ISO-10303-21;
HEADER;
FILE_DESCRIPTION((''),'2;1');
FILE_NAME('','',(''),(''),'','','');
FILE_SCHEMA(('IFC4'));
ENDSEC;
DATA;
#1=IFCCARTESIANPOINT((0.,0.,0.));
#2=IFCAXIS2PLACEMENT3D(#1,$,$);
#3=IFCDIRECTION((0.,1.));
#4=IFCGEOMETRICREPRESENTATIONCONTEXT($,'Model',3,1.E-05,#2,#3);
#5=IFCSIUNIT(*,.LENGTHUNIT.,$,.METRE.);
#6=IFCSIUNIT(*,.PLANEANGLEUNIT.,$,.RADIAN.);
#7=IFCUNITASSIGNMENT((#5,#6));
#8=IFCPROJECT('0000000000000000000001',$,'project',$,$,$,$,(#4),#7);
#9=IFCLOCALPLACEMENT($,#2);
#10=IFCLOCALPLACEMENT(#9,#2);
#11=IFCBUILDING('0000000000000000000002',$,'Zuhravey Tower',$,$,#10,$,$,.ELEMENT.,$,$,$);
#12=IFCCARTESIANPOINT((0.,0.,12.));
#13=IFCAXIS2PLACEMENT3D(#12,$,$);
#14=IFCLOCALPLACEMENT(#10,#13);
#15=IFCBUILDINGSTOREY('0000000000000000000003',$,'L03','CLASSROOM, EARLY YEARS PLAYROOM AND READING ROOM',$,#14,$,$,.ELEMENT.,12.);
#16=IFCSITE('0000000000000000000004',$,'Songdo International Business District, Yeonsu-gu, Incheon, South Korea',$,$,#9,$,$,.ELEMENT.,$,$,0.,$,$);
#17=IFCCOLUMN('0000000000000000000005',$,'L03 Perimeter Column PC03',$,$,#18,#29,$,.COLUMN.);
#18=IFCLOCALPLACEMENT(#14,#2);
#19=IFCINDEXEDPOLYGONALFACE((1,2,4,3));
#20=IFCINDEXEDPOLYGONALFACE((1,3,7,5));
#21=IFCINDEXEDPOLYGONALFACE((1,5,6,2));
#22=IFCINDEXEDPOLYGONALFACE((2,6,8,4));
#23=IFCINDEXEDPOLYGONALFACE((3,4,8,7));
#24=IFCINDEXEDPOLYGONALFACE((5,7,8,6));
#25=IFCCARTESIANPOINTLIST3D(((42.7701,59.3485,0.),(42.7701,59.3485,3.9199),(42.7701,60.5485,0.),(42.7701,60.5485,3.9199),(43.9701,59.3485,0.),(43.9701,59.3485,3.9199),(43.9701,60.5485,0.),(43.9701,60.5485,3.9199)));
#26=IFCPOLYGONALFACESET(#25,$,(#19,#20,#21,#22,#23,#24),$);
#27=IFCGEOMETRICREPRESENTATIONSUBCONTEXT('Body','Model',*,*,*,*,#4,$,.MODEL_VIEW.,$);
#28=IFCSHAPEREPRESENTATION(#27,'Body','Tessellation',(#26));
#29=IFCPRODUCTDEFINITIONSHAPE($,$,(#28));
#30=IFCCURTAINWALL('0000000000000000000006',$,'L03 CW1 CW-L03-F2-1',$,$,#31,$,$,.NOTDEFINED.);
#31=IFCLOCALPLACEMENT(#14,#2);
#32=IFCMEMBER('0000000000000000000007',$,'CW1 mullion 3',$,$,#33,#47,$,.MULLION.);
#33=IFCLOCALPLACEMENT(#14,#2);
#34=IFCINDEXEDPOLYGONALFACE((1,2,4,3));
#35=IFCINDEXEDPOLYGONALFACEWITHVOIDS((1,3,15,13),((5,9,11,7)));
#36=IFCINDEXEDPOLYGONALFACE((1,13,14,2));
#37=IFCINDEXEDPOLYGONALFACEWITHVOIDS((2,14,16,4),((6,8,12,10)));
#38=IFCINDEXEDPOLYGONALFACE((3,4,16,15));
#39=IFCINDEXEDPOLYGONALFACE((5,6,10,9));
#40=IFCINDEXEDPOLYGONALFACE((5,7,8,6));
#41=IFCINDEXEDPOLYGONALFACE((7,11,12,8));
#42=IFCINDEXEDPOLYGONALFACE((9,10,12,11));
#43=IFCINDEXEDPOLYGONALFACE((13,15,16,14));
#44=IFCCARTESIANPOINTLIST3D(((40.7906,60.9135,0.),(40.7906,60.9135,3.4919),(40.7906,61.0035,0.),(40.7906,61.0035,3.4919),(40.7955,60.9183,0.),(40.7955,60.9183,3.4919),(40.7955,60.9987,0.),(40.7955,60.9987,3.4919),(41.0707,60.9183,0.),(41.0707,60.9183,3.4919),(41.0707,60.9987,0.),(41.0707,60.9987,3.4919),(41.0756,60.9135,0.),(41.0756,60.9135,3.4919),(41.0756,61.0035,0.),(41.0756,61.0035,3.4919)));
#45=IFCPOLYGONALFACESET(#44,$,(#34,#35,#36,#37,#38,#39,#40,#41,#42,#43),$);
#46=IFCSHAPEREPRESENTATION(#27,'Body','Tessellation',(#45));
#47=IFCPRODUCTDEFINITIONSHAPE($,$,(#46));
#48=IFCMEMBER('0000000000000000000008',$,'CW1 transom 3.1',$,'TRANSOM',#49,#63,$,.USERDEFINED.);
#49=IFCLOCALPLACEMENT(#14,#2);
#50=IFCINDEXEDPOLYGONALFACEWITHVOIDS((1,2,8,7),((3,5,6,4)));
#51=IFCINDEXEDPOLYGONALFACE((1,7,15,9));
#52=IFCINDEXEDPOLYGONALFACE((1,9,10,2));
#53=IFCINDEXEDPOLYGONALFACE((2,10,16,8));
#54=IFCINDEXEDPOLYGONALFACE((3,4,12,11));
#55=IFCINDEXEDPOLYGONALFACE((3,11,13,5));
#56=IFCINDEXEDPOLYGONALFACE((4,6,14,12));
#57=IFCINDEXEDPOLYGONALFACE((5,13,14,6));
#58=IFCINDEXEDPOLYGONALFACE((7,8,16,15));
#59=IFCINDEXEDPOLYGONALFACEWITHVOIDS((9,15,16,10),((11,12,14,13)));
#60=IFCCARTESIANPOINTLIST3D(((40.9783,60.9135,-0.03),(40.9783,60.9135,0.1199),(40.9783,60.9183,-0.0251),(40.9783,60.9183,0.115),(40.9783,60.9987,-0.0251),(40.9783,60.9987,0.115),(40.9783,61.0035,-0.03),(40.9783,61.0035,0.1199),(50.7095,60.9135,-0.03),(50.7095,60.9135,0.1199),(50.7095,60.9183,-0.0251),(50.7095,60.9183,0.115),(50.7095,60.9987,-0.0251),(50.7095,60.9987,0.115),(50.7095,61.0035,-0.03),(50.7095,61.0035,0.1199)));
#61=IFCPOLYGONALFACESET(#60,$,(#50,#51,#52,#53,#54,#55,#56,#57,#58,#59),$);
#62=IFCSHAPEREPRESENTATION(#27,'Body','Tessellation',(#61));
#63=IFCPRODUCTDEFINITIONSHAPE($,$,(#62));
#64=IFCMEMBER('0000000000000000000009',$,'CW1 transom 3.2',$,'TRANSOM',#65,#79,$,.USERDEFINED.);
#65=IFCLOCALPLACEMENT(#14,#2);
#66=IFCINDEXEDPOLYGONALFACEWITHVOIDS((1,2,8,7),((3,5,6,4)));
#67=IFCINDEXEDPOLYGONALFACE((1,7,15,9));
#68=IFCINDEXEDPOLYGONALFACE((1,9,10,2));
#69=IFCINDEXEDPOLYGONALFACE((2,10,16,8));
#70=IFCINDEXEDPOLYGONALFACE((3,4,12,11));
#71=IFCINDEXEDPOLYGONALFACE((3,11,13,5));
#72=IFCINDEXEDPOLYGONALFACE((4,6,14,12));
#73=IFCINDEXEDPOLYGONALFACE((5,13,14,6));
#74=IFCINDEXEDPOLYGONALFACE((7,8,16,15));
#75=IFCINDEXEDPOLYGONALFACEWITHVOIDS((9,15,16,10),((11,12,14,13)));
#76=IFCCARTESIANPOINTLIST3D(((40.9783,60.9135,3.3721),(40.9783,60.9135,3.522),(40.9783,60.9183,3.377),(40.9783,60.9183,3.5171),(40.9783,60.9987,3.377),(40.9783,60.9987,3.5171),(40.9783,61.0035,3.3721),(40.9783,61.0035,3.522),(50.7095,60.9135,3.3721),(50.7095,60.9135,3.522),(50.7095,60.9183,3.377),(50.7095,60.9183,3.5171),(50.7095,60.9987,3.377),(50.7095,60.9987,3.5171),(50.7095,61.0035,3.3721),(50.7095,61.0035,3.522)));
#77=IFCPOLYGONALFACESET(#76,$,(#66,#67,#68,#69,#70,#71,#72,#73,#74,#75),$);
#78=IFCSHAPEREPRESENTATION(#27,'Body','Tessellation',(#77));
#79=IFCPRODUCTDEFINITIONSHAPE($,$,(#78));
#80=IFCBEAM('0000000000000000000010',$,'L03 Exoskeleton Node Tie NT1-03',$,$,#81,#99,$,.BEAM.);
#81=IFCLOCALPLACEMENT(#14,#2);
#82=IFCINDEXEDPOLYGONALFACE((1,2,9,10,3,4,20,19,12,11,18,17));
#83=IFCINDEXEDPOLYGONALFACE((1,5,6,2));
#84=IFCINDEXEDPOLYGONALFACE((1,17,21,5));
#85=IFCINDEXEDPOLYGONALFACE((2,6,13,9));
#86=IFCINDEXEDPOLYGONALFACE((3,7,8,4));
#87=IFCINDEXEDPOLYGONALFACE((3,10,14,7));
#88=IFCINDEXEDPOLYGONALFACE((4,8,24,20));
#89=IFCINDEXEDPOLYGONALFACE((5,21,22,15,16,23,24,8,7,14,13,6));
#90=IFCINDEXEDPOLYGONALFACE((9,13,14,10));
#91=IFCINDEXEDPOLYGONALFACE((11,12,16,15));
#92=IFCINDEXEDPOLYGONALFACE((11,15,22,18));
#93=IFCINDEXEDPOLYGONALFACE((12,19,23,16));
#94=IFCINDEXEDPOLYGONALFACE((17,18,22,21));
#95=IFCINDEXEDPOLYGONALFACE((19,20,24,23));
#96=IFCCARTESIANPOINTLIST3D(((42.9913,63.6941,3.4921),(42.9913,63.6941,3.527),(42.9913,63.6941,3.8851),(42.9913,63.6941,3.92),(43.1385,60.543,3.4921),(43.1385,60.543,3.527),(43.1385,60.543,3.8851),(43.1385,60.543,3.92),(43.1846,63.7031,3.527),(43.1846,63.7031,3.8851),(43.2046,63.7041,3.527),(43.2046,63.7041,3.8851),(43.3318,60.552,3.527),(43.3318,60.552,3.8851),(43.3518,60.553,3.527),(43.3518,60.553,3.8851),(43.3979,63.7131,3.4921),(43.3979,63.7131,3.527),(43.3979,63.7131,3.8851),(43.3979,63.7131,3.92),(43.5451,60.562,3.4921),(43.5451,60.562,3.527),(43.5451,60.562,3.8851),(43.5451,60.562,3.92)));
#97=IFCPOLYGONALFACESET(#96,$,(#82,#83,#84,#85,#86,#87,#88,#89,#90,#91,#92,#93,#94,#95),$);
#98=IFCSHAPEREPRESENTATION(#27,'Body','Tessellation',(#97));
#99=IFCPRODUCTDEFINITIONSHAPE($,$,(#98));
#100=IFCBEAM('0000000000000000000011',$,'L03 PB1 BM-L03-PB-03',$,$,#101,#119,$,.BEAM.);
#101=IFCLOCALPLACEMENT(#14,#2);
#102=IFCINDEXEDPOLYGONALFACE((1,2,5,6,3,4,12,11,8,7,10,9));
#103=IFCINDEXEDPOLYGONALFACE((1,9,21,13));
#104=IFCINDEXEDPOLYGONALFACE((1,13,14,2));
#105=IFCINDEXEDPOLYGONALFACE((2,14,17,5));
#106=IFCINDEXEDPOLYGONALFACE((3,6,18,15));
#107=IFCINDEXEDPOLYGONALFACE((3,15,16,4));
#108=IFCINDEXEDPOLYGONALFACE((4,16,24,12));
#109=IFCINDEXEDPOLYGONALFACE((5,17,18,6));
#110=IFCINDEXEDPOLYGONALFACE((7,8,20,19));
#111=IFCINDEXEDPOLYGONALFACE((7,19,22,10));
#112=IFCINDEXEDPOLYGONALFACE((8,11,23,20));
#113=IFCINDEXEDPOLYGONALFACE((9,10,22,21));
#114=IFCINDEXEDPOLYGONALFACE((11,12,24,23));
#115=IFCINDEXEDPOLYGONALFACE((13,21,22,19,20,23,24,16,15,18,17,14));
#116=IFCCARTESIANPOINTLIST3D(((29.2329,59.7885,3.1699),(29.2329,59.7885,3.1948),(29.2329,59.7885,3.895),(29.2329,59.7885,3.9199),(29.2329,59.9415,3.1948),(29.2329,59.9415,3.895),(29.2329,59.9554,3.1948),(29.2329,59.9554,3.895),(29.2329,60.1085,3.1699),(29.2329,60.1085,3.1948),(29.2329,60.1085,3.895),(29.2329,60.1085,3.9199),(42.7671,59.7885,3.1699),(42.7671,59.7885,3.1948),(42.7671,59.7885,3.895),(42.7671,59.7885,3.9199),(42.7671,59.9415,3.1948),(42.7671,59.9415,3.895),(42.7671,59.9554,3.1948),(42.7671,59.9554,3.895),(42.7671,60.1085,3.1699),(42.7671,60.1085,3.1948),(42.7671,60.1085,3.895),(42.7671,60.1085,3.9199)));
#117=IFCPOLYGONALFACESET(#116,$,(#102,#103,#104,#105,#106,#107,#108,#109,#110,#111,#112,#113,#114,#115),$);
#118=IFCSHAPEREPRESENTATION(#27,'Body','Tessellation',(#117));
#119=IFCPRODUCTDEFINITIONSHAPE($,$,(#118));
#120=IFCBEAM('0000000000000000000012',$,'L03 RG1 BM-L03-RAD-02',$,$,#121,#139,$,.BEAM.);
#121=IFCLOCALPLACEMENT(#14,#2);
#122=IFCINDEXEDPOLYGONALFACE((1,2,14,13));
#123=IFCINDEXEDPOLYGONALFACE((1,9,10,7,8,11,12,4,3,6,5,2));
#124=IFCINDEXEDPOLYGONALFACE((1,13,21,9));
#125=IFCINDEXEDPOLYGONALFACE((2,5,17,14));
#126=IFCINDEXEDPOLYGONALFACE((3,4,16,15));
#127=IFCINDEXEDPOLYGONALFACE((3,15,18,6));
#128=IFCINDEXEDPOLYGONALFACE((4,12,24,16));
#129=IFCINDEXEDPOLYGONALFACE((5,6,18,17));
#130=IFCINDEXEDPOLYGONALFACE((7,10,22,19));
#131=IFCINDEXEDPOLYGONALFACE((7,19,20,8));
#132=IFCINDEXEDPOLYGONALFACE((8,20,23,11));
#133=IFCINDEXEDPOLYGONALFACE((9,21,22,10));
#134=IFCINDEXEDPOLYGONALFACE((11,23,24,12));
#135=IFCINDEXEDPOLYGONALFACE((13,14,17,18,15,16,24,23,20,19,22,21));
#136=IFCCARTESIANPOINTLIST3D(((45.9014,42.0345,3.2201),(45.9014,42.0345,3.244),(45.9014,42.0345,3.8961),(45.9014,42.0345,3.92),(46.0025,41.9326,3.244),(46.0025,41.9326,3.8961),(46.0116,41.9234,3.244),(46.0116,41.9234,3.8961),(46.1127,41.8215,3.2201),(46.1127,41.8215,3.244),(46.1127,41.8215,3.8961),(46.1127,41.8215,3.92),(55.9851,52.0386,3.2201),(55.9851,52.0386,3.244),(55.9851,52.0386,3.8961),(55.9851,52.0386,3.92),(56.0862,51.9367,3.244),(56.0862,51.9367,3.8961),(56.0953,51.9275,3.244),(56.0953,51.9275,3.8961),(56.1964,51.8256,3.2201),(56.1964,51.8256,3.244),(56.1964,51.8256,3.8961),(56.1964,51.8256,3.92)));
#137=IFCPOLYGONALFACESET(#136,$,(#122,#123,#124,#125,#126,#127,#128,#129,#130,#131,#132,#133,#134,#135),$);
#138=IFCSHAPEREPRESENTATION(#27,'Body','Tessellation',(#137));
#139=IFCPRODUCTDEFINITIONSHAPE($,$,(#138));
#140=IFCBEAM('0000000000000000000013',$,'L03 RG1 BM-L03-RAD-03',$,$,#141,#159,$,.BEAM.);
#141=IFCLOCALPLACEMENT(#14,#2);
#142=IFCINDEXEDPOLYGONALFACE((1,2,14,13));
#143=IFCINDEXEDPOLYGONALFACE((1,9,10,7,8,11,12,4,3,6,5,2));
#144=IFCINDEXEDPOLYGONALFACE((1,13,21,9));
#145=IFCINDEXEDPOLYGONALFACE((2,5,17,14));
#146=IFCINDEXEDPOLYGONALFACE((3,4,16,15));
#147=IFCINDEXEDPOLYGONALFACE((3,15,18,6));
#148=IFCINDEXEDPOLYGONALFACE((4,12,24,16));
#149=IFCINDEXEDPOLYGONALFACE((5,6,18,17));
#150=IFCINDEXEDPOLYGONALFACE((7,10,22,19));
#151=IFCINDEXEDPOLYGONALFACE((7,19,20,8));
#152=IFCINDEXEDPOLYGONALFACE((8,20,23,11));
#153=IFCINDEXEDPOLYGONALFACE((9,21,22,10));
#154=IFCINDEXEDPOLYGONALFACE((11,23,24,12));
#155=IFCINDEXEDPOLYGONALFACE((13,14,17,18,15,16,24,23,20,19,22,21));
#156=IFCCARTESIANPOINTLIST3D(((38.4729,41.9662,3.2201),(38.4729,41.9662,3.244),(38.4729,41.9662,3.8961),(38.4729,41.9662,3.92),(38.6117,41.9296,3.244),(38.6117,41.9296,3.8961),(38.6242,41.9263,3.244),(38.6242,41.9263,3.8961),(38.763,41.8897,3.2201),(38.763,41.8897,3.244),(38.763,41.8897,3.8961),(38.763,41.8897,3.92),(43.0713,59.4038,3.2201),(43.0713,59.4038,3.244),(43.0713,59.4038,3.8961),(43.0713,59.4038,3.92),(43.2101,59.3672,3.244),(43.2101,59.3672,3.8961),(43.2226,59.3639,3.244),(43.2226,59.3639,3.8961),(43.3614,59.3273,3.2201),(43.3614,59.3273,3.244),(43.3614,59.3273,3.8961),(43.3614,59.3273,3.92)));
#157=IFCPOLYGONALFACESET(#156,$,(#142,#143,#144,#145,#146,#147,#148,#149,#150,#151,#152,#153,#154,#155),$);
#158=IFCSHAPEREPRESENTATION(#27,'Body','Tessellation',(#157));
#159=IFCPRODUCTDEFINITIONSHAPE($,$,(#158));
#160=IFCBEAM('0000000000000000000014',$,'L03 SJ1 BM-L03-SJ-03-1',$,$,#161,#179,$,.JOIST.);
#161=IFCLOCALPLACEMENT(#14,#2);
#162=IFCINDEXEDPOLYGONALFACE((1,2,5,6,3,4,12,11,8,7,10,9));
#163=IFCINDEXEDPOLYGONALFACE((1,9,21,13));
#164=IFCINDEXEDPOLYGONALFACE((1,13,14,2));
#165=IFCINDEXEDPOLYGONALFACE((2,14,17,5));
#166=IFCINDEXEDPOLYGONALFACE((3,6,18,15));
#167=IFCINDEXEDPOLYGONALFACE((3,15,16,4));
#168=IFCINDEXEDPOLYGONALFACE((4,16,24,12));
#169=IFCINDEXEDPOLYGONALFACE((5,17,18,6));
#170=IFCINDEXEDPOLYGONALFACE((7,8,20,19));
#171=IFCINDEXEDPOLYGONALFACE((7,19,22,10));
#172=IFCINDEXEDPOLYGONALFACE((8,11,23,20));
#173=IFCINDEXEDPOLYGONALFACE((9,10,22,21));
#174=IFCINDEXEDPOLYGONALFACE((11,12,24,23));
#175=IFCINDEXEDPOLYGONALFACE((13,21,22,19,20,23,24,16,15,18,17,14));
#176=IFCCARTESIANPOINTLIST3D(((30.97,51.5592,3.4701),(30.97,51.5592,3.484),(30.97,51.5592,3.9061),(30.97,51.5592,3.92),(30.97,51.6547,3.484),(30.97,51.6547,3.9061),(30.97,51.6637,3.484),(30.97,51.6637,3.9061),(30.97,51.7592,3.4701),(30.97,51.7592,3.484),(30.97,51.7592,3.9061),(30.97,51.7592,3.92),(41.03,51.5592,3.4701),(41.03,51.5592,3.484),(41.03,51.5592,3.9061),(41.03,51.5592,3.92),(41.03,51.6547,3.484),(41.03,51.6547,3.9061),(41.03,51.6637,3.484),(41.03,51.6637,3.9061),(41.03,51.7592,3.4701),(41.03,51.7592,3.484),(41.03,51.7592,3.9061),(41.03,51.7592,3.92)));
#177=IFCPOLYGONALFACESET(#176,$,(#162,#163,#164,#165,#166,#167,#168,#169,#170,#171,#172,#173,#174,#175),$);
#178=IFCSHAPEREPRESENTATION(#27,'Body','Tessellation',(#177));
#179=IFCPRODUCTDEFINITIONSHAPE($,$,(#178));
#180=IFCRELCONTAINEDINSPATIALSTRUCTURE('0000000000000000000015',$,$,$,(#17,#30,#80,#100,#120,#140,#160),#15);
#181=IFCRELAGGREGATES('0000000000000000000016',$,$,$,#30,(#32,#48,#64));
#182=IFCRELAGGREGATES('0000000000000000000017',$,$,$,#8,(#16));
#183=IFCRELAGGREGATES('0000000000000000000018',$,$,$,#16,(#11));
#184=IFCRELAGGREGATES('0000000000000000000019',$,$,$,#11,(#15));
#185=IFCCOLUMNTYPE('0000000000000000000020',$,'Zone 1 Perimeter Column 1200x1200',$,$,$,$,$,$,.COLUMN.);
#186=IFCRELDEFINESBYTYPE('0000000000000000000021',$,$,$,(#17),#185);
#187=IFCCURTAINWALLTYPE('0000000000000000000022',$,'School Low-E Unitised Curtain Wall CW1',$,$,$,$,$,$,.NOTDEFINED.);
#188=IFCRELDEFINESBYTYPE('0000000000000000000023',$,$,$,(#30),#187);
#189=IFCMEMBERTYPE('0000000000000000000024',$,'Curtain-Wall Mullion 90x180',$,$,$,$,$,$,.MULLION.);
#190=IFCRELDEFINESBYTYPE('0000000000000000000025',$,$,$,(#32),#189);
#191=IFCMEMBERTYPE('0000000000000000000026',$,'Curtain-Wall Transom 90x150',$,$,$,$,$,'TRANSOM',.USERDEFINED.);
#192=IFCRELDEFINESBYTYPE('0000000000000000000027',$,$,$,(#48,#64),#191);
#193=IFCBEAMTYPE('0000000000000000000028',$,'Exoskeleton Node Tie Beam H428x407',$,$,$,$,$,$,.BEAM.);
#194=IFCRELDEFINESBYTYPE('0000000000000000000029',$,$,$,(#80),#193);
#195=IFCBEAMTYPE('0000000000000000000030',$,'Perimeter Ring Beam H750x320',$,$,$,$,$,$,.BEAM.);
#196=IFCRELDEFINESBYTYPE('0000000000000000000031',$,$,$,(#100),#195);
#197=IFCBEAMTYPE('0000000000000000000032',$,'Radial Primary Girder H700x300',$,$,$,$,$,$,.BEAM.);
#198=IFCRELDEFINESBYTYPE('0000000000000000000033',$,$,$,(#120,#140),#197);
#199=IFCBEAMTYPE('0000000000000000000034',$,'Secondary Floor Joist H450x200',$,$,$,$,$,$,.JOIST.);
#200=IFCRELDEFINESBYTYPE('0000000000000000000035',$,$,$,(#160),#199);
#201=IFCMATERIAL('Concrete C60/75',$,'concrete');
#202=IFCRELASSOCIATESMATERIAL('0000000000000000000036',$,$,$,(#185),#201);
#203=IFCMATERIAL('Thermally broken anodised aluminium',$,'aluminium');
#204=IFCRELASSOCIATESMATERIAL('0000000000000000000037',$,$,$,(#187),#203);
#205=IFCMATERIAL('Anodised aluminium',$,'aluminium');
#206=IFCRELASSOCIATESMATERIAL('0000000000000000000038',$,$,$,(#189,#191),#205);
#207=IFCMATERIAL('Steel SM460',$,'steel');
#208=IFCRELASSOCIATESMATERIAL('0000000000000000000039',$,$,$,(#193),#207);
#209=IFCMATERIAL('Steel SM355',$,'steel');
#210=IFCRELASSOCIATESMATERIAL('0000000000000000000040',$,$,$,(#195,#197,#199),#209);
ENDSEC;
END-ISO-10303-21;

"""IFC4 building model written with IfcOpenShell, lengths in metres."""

from ifc_helpers import new_model, si_unit, direction, frame, origin, origin_2d, place, context, subcontext, project, spatial, rectangle, hollow_rectangle, i_section, extrude, material, material_profile, profile_set, type_object, element, aggregate, save


model = new_model("IFC4")

# Units and contexts
model_context = context("Model", 3, precision=1e-05, world=origin(), true_north=direction((0.0, 1.0)))
body_context = subcontext(model_context, "Body", "Model", "MODEL_VIEW")
ifc_project = project(units=[si_unit("LENGTHUNIT", "METRE"), si_unit("PLANEANGLEUNIT", "RADIAN")], contexts=[model_context])

# Site, building, storey
site_placement = place(None, origin())
site = spatial("IfcSite", under=ifc_project, at=site_placement, Name="Songdo International Business District, Yeonsu-gu, Incheon, South Korea", CompositionType="ELEMENT", RefElevation=0.0)
building_placement = place(site_placement, origin())
building = spatial("IfcBuilding", under=site, at=building_placement, Name="Zuhravey Tower", CompositionType="ELEMENT")
storey_placement = place(building_placement, frame((0.0, 0.0, 12.0)))
storey = spatial("IfcBuildingStorey", under=building, at=storey_placement, Name="L03", Description="CLASSROOM, EARLY YEARS PLAYROOM AND READING ROOM", CompositionType="ELEMENT", Elevation=12.0)

# Column
ifc_material_1 = material(Name="Concrete C60/75", Category="concrete")
ifc_material_profile_1 = material_profile(ifc_material_1, rectangle(XDim=1.2, YDim=1.2, at=origin_2d()), Name="RC-1200x1200")
ifc_profile_set_1 = profile_set([ifc_material_profile_1], Name="Concrete C60/75")
column_type = type_object("IfcColumnType", Name="Zone 1 Perimeter Column 1200x1200", PredefinedType="COLUMN", material=ifc_profile_set_1)
column_placement = place(storey_placement, frame((43.3701, 59.9485, 0.0), z_axis=(0.0, 0.0, 1.0), x_axis=(-1.0, 0.0, 0.0)))
element("IfcColumn", 1, at=column_placement, inside=storey, type_object=column_type, Name="L03 Perimeter Column PC03", PredefinedType="COLUMN", context=body_context, shape_type="SweptSolid", body=[
    extrude(rectangle(XDim=1.2, YDim=1.2, at=origin_2d()), origin(), (0.0, 0.0, 1.0), 3.9199),
])

# Curtain wall, members
ifc_material_2 = material(Name="Thermally broken anodised aluminium", Category="aluminium")
curtain_wall_type = type_object("IfcCurtainWallType", Name="School Low-E Unitised Curtain Wall CW1", PredefinedType="NOTDEFINED", material=ifc_material_2)
curtain_wall_placement = place(storey_placement, origin())
curtain_wall = element("IfcCurtainWall", 2, at=curtain_wall_placement, inside=storey, type_object=curtain_wall_type, Name="L03 CW1 CW-L03-F2-1", PredefinedType="NOTDEFINED")
ifc_material_3 = material(Name="Anodised aluminium", Category="aluminium")
ifc_material_profile_2 = material_profile(ifc_material_3, hollow_rectangle(XDim=0.0901, YDim=0.2849, WallThickness=0.0049, at=origin_2d()), Name="ALU-RHS-90x285x5")
ifc_profile_set_2 = profile_set([ifc_material_profile_2], Name="Anodised aluminium")
member_type_1 = type_object("IfcMemberType", Name="Curtain-Wall Mullion 90x180", PredefinedType="MULLION", material=ifc_profile_set_2)
member_1_placement = place(storey_placement, frame((40.9331, 60.9585, 0.0), z_axis=(0.0, 0.0, 1.0), x_axis=(0.0, 1.0, 0.0)))
member_1 = element("IfcMember", 3, at=member_1_placement, type_object=member_type_1, Name="CW1 mullion 3", PredefinedType="MULLION", context=body_context, shape_type="SweptSolid", body=[
    extrude(hollow_rectangle(XDim=0.0901, YDim=0.2849, WallThickness=0.0049, at=origin_2d()), origin(), (0.0, 0.0, 1.0), 3.4919),
])
ifc_material_profile_3 = material_profile(ifc_material_3, hollow_rectangle(XDim=0.0901, YDim=0.1499, WallThickness=0.0049, at=origin_2d()), Name="ALU-RHS-90x150x5")
ifc_profile_set_3 = profile_set([ifc_material_profile_3], Name="Anodised aluminium")
member_type_2 = type_object("IfcMemberType", Name="Curtain-Wall Transom 90x150", ElementType="TRANSOM", PredefinedType="USERDEFINED", material=ifc_profile_set_3)
member_2_placement = place(storey_placement, frame((40.9783, 60.9585, 0.0449), z_axis=(1.0, 0.0, 0.0), x_axis=(0.0, 1.0, 0.0)))
member_2 = element("IfcMember", 4, at=member_2_placement, type_object=member_type_2, Name="CW1 transom 3.1", ObjectType="TRANSOM", PredefinedType="USERDEFINED", context=body_context, shape_type="SweptSolid", body=[
    extrude(hollow_rectangle(XDim=0.0901, YDim=0.1499, WallThickness=0.0049, at=origin_2d()), origin(), (0.0, 0.0, 1.0), 9.7312),
])
member_3_placement = place(storey_placement, frame((40.9783, 60.9585, 3.447), z_axis=(1.0, 0.0, 0.0), x_axis=(0.0, 1.0, 0.0)))
member_3 = element("IfcMember", 5, at=member_3_placement, type_object=member_type_2, Name="CW1 transom 3.2", ObjectType="TRANSOM", PredefinedType="USERDEFINED", context=body_context, shape_type="SweptSolid", body=[
    extrude(hollow_rectangle(XDim=0.0901, YDim=0.1499, WallThickness=0.0049, at=origin_2d()), origin(), (0.0, 0.0, 1.0), 9.7312),
])

# Beams
ifc_material_4 = material(Name="Steel SM460", Category="steel")
ifc_material_profile_4 = material_profile(ifc_material_4, i_section(OverallWidth=0.407, OverallDepth=0.428, WebThickness=0.02, FlangeThickness=0.0349, at=origin_2d()), Name="H-428x407x20x35")
ifc_profile_set_4 = profile_set([ifc_material_profile_4], Name="Steel SM460")
beam_type_1 = type_object("IfcBeamType", Name="Exoskeleton Node Tie Beam H428x407", PredefinedType="BEAM", material=ifc_profile_set_4)
beam_1_placement = place(storey_placement, frame((43.3418, 60.5525, 3.7061), z_axis=(-0.046668, 0.99891, 0.0), x_axis=(-0.99891, -0.046668, 0.0)))
element("IfcBeam", 6, at=beam_1_placement, inside=storey, type_object=beam_type_1, Name="L03 Exoskeleton Node Tie NT1-03", PredefinedType="BEAM", context=body_context, shape_type="SweptSolid", body=[
    extrude(i_section(OverallWidth=0.407, OverallDepth=0.428, WebThickness=0.02, FlangeThickness=0.0349, at=origin_2d()), origin(), (0.0, 0.0, 1.0), 3.1545),
])
ifc_material_5 = material(Name="Steel SM355", Category="steel")
ifc_material_profile_5 = material_profile(ifc_material_5, i_section(OverallWidth=0.3201, OverallDepth=0.75, WebThickness=0.0139, FlangeThickness=0.0249, at=origin_2d()), Name="H-750x320x14x25")
ifc_profile_set_5 = profile_set([ifc_material_profile_5], Name="Steel SM355")
beam_type_2 = type_object("IfcBeamType", Name="Perimeter Ring Beam H750x320", PredefinedType="BEAM", material=ifc_profile_set_5)
beam_2_placement = place(storey_placement, frame((42.7671, 59.9485, 3.5449), z_axis=(-1.0, 0.0, 0.0), x_axis=(0.0, -1.0, 0.0)))
element("IfcBeam", 7, at=beam_2_placement, inside=storey, type_object=beam_type_2, Name="L03 PB1 BM-L03-PB-03", PredefinedType="BEAM", context=body_context, shape_type="SweptSolid", body=[
    extrude(i_section(OverallWidth=0.3201, OverallDepth=0.75, WebThickness=0.0139, FlangeThickness=0.0249, at=origin_2d()), origin(), (0.0, 0.0, 1.0), 13.5342),
])
ifc_material_profile_6 = material_profile(ifc_material_5, i_section(OverallWidth=0.3, OverallDepth=0.7, WebThickness=0.0129, FlangeThickness=0.0239, at=origin_2d()), Name="H-700x300x13x24")
ifc_profile_set_6 = profile_set([ifc_material_profile_6], Name="Steel SM355")
beam_type_3 = type_object("IfcBeamType", Name="Radial Primary Girder H700x300", PredefinedType="BEAM", material=ifc_profile_set_6)
beam_3_placement = place(storey_placement, frame((46.0071, 41.928, 3.5701), z_axis=(0.709903, 0.7043, 0.0), x_axis=(-0.7043, 0.709903, 0.0)))
element("IfcBeam", 8, at=beam_3_placement, inside=storey, type_object=beam_type_3, Name="L03 RG1 BM-L03-RAD-02", PredefinedType="BEAM", context=body_context, shape_type="SweptSolid", body=[
    extrude(i_section(OverallWidth=0.3, OverallDepth=0.7, WebThickness=0.0129, FlangeThickness=0.0239, at=origin_2d()), origin(), (0.0, 0.0, 1.0), 14.2043),
])
beam_4_placement = place(storey_placement, frame((38.6179, 41.928, 3.5701), z_axis=(0.25499, 0.966944, 0.0), x_axis=(-0.966944, 0.25499, 0.0)))
element("IfcBeam", 9, at=beam_4_placement, inside=storey, type_object=beam_type_3, Name="L03 RG1 BM-L03-RAD-03", PredefinedType="BEAM", context=body_context, shape_type="SweptSolid", body=[
    extrude(i_section(OverallWidth=0.3, OverallDepth=0.7, WebThickness=0.0129, FlangeThickness=0.0239, at=origin_2d()), origin(), (0.0, 0.0, 1.0), 18.0337),
])
ifc_material_profile_7 = material_profile(ifc_material_5, i_section(OverallWidth=0.2, OverallDepth=0.45, WebThickness=0.009, FlangeThickness=0.0139, at=origin_2d()), Name="H-450x200x9x14")
ifc_profile_set_7 = profile_set([ifc_material_profile_7], Name="Steel SM355")
beam_type_4 = type_object("IfcBeamType", Name="Secondary Floor Joist H450x200", PredefinedType="JOIST", material=ifc_profile_set_7)
beam_5_placement = place(storey_placement, frame((41.03, 51.6592, 3.6951), z_axis=(-1.0, 0.0, 0.0), x_axis=(0.0, -1.0, 0.0)))
element("IfcBeam", 10, at=beam_5_placement, inside=storey, type_object=beam_type_4, Name="L03 SJ1 BM-L03-SJ-03-1", PredefinedType="JOIST", context=body_context, shape_type="SweptSolid", body=[
    extrude(i_section(OverallWidth=0.2, OverallDepth=0.45, WebThickness=0.009, FlangeThickness=0.0139, at=origin_2d()), origin(), (0.0, 0.0, 1.0), 10.0601),
])

aggregate(curtain_wall, [member_1, member_2, member_3])

save(model, "model.ifc")
